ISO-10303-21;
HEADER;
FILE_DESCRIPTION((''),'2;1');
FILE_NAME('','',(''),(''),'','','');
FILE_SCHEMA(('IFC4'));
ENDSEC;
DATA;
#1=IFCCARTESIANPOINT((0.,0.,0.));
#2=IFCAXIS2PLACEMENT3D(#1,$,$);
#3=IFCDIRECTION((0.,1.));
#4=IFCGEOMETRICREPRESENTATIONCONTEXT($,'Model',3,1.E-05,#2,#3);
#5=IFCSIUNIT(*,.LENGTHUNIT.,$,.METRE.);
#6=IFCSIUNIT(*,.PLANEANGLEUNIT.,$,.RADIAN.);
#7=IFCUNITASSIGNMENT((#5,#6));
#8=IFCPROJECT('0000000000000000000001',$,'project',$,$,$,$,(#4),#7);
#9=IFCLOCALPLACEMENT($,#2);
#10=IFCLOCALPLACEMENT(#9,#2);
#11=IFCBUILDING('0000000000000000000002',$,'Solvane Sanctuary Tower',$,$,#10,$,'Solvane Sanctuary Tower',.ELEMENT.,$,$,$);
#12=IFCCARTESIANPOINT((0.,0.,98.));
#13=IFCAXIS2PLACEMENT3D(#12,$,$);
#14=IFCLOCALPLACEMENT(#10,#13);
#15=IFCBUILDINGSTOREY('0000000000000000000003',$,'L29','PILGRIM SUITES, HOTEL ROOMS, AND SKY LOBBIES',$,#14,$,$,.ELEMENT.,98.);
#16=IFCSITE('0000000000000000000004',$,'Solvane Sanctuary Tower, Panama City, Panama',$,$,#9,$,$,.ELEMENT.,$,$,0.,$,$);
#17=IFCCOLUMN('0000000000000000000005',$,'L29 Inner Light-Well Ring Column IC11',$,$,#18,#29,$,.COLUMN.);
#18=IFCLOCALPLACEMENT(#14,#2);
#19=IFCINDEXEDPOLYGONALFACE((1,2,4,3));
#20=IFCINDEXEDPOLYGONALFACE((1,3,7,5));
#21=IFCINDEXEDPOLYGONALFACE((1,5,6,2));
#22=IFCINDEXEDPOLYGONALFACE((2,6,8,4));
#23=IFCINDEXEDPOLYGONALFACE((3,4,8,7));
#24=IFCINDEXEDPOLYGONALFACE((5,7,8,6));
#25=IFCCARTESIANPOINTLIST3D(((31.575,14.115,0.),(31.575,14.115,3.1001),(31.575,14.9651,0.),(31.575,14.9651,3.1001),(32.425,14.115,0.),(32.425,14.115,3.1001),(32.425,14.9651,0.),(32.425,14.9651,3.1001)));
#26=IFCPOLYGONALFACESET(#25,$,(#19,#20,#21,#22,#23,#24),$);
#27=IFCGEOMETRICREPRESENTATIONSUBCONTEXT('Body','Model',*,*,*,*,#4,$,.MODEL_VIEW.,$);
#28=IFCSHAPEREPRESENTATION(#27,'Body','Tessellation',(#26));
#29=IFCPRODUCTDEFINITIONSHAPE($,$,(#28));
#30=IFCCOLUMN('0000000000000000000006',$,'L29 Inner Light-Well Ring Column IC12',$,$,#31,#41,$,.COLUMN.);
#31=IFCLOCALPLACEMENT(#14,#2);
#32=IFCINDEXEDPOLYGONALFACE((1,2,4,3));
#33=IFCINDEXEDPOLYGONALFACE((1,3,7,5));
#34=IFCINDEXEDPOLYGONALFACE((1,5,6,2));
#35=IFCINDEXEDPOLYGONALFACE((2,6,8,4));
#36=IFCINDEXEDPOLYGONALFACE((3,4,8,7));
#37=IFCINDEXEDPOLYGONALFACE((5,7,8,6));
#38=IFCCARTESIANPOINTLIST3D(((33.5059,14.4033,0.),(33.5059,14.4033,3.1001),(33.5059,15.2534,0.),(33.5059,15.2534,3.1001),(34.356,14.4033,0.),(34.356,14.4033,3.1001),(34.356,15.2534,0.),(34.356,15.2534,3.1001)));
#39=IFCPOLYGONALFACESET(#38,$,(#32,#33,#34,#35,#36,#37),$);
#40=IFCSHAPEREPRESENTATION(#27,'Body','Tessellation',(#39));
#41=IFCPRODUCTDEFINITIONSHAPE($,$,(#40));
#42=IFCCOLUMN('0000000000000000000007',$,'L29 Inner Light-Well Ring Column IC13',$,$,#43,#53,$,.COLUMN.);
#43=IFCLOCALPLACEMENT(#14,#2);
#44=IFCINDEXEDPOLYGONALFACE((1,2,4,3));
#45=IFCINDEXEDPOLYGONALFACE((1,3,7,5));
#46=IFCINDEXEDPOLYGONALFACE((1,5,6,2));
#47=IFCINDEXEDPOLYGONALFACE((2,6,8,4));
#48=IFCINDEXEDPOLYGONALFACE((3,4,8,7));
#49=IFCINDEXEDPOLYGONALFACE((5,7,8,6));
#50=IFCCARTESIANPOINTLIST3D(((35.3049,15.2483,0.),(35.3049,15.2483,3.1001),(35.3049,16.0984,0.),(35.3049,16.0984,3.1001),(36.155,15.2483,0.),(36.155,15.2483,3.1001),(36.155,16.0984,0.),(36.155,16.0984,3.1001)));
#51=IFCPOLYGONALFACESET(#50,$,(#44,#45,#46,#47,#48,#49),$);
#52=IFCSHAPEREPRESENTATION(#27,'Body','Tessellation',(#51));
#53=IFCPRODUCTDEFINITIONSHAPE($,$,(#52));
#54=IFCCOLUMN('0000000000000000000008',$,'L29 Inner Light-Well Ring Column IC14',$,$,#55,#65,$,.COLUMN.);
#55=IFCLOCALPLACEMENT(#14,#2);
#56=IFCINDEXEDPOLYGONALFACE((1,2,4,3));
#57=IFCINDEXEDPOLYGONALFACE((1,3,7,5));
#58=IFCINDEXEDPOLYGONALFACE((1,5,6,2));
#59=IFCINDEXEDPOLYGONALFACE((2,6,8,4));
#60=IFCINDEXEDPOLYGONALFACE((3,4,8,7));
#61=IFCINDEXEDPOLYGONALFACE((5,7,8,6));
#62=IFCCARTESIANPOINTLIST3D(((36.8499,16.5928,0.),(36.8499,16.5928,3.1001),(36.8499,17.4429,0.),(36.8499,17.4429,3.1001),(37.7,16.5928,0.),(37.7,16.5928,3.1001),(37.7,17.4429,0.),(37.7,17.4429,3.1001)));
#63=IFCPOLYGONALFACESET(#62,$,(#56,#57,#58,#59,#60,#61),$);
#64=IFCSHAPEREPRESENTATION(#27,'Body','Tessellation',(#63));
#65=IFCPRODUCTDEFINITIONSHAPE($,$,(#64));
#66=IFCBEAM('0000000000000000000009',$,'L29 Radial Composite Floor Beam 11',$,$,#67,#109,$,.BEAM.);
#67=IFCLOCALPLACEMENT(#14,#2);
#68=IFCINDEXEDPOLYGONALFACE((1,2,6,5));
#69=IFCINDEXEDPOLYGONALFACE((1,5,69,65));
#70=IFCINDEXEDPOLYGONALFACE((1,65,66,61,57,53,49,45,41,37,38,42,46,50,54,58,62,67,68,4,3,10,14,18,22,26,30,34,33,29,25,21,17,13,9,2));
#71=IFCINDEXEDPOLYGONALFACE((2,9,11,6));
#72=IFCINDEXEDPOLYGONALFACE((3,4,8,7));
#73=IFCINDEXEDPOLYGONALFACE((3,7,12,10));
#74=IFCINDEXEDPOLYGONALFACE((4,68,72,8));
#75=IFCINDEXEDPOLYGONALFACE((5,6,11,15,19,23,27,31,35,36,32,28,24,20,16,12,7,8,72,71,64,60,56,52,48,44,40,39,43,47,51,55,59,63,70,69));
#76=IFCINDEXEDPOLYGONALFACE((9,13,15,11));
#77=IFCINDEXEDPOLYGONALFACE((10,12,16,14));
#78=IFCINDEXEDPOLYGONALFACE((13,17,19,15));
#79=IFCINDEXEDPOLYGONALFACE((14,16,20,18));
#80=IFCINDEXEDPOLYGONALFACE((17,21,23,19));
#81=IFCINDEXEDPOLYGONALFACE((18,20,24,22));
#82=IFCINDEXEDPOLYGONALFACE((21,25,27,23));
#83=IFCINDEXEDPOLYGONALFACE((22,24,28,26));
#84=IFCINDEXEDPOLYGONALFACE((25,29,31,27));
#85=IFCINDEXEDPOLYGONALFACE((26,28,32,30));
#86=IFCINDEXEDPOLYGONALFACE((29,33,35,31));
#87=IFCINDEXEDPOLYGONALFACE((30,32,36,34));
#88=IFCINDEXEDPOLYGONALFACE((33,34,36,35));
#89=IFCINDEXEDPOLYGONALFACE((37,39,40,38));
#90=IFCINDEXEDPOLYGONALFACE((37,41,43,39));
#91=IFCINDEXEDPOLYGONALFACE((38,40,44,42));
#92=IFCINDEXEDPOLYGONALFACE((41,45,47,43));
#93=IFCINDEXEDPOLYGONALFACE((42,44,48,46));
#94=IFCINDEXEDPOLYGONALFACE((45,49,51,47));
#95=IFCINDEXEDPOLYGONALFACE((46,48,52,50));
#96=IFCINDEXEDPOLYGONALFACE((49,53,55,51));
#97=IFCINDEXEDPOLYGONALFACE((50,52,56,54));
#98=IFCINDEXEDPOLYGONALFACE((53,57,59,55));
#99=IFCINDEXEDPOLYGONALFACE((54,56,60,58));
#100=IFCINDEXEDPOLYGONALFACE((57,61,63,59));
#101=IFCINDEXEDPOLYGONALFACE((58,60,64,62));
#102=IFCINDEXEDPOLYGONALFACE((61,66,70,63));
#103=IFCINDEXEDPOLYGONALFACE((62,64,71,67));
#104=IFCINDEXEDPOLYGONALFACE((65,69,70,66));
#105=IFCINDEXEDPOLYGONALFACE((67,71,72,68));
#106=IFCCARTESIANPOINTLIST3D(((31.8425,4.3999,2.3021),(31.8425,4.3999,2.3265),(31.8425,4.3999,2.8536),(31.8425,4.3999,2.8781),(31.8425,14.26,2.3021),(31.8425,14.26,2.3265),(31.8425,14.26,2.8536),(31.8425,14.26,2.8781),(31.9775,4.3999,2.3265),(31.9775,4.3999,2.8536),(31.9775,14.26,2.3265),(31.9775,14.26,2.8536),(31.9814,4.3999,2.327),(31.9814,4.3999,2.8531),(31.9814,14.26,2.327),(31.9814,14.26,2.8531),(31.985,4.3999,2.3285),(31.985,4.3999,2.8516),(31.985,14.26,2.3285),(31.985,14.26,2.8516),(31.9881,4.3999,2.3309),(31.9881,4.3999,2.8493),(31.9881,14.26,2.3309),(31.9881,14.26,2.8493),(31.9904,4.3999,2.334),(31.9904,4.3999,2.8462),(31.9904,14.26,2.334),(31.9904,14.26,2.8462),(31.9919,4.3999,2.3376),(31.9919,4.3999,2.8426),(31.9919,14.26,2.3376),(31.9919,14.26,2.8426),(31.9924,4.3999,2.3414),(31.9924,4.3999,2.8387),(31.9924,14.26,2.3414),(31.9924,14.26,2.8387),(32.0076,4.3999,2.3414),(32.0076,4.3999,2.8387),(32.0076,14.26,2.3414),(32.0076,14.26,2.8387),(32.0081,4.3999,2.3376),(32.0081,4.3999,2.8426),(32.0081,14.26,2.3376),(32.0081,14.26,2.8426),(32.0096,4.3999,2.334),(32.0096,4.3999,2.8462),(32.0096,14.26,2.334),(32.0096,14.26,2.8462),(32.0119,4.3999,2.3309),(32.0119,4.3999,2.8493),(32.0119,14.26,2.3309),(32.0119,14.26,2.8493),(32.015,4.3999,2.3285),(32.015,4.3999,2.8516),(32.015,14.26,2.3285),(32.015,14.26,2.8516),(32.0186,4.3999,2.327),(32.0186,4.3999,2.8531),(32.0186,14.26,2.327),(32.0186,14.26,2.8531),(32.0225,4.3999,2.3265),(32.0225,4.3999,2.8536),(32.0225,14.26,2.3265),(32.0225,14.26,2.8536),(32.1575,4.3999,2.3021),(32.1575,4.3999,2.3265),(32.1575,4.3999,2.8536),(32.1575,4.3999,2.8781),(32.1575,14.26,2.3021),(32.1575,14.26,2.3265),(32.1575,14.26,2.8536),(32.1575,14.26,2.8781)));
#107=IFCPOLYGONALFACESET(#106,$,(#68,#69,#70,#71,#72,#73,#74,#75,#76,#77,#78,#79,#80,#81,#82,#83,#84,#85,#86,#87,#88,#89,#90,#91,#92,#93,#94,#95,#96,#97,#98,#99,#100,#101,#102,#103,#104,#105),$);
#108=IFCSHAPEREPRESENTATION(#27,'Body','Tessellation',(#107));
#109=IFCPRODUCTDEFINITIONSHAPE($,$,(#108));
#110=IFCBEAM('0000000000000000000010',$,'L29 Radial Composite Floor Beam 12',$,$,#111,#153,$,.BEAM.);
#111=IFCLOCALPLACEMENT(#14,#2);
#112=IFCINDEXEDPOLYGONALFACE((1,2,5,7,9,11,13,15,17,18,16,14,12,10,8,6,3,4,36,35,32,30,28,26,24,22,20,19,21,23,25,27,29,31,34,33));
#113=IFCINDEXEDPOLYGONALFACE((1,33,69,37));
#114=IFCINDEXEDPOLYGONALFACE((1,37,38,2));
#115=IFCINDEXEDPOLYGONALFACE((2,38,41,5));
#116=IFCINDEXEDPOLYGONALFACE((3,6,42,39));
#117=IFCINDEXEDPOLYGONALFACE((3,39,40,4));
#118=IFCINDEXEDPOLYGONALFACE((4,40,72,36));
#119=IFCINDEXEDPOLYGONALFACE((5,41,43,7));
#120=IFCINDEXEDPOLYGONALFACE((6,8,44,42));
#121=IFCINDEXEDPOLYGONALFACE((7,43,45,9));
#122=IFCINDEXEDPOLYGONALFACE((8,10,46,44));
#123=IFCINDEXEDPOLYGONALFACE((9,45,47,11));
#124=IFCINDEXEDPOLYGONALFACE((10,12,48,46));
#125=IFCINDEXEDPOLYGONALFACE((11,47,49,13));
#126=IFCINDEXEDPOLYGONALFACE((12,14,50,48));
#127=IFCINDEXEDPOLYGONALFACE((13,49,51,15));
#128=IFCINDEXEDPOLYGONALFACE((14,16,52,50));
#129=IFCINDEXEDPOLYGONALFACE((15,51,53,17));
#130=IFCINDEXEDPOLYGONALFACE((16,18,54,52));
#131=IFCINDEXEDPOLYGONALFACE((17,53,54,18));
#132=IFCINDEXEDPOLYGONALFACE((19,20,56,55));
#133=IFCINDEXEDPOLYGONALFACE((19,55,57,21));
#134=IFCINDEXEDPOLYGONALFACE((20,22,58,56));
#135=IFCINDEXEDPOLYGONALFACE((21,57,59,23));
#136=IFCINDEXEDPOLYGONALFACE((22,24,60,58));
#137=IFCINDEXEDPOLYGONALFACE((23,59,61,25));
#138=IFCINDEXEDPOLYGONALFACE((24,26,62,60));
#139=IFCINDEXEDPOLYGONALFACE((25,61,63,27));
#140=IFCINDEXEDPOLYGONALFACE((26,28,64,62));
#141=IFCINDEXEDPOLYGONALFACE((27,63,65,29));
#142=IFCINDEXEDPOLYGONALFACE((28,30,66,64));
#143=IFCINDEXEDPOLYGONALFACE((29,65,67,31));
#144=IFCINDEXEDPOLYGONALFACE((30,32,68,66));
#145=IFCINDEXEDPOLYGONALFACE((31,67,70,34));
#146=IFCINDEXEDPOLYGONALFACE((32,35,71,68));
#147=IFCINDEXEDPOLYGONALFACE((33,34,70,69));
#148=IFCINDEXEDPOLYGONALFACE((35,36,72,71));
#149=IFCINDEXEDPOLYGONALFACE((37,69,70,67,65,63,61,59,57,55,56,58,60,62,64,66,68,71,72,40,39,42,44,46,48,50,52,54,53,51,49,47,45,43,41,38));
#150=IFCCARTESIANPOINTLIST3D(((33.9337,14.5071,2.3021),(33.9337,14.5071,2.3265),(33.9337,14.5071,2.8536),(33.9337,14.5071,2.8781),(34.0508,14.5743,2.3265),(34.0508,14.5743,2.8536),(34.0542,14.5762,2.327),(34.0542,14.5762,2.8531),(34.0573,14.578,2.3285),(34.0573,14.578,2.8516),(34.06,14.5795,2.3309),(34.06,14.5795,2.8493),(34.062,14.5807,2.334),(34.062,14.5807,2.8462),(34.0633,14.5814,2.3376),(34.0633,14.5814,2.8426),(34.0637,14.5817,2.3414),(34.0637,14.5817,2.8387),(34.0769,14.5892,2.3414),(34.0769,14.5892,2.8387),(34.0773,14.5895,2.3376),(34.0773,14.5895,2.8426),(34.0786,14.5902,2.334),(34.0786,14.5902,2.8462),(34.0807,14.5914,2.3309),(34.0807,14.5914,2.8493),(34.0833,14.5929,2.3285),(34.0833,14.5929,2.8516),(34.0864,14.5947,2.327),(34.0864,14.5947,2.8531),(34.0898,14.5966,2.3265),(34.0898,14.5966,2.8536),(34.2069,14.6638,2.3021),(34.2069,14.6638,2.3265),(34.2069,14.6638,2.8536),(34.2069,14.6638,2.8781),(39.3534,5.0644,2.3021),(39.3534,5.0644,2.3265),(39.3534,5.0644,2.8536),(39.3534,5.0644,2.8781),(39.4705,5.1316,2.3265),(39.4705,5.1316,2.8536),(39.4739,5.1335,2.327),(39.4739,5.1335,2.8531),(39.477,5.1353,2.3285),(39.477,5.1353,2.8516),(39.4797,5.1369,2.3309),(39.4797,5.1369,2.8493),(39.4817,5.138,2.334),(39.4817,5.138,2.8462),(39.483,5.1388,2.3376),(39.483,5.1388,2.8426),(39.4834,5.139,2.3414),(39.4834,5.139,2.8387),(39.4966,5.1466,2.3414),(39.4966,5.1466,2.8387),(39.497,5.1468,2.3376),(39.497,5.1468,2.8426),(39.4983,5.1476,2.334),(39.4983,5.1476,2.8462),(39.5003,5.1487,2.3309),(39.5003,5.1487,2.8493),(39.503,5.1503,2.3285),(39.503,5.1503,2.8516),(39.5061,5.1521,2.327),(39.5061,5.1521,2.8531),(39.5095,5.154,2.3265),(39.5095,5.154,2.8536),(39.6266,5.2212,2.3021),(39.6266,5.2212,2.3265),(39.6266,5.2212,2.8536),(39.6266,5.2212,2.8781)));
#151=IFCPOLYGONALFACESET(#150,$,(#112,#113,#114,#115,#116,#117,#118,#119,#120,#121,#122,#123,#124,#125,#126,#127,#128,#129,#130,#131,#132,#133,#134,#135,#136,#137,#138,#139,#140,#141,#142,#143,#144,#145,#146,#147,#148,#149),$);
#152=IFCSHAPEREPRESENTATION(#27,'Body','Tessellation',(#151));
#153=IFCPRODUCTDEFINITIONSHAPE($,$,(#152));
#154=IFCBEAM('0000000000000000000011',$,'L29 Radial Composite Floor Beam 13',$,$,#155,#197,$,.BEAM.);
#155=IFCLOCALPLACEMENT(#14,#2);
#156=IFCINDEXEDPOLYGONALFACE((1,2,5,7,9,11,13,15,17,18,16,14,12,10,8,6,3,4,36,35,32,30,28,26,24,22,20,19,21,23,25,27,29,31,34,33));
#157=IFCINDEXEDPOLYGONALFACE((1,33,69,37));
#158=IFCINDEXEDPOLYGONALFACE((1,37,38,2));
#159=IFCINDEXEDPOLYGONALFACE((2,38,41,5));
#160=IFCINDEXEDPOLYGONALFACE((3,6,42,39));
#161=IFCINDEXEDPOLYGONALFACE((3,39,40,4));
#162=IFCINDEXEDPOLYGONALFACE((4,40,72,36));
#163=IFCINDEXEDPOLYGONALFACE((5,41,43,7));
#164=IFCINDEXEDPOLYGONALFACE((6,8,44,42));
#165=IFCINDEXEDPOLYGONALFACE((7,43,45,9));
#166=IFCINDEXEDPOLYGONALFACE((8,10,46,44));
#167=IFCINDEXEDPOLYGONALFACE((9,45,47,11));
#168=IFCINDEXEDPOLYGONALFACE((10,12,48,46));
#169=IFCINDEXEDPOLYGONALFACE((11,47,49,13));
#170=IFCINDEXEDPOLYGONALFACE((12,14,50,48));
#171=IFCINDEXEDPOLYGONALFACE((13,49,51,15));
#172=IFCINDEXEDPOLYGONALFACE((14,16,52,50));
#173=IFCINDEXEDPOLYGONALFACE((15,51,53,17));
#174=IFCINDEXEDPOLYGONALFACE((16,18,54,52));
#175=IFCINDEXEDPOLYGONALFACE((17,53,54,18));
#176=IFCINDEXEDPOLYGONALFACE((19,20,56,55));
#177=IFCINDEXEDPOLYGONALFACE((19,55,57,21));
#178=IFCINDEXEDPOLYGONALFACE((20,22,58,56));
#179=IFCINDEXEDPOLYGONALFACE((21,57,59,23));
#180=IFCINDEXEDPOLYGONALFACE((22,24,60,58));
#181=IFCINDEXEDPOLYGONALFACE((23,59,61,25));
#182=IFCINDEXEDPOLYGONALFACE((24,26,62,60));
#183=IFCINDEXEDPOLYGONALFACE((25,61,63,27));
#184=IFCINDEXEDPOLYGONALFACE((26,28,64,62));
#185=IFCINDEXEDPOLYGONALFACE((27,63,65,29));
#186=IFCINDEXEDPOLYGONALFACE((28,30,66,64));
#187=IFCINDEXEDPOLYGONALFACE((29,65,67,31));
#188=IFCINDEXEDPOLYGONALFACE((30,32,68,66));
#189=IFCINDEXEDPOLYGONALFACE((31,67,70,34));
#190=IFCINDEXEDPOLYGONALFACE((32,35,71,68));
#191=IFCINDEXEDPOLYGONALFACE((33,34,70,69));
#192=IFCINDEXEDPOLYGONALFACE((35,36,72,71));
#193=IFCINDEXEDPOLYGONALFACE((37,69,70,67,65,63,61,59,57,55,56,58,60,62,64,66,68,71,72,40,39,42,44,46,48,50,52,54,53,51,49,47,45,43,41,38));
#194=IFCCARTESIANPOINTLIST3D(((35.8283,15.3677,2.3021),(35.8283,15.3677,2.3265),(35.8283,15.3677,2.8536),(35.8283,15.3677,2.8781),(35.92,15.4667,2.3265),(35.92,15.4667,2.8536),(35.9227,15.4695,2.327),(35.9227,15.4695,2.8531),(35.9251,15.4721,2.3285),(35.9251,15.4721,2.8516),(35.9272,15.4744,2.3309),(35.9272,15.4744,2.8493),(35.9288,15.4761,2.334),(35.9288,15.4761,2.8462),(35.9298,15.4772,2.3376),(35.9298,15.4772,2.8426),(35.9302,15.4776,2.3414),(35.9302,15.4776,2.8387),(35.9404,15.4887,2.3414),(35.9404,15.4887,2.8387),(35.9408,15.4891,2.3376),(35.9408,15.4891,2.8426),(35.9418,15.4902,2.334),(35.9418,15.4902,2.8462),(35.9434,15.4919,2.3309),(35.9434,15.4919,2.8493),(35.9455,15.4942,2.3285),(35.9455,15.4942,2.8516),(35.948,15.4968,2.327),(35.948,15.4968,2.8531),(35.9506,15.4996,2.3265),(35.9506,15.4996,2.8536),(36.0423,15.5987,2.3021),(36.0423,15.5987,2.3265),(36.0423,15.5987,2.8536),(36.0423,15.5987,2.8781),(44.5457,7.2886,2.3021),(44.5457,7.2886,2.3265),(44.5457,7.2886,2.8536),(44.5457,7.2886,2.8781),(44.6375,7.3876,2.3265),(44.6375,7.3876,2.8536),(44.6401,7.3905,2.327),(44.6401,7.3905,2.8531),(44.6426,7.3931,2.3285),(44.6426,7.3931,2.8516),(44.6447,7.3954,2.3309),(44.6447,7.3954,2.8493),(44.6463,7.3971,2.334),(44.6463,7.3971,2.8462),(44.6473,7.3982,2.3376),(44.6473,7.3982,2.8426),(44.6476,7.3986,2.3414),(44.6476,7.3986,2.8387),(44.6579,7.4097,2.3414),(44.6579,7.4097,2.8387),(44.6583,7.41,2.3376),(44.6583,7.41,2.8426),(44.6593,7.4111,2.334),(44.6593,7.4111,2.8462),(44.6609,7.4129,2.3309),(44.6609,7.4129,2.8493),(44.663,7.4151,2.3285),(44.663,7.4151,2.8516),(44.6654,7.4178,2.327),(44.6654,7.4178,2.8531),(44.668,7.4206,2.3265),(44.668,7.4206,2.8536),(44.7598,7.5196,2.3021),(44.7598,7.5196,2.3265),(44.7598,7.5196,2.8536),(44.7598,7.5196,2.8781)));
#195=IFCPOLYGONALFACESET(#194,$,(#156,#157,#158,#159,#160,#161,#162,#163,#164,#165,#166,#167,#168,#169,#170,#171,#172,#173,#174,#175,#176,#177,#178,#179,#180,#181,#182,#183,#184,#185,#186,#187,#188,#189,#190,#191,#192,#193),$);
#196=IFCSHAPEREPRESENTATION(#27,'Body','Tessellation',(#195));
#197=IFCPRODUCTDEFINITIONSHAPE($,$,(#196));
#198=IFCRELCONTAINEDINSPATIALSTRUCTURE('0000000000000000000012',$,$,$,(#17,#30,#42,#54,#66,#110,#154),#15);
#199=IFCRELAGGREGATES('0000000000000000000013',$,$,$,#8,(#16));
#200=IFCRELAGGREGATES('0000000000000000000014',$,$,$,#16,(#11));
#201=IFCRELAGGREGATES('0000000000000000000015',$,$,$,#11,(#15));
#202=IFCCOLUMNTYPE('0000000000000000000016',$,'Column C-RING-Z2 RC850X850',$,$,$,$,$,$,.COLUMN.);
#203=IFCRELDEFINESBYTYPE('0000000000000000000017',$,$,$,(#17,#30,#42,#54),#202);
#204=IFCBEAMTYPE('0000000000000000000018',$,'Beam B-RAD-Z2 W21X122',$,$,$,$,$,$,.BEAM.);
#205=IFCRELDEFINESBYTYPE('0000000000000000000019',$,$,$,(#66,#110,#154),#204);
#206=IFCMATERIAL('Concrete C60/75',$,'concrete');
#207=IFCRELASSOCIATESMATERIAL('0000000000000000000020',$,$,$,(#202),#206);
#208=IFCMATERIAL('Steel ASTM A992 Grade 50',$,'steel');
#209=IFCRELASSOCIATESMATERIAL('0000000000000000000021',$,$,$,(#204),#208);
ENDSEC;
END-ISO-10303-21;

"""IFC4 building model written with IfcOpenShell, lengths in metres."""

from ifc_helpers import new_model, si_unit, direction, frame, origin, origin_2d, place, context, subcontext, project, spatial, rectangle, i_section, extrude, material, material_profile, profile_set, type_object, element, save


model = new_model("IFC4")

# Units and contexts
model_context = context("Model", 3, precision=1e-05, world=origin(), true_north=direction((0.0, 1.0)))
body_context = subcontext(model_context, "Body", "Model", "MODEL_VIEW")
ifc_project = project(units=[si_unit("LENGTHUNIT", "METRE"), si_unit("PLANEANGLEUNIT", "RADIAN")], contexts=[model_context])

# Site, building, storey
site_placement = place(None, origin())
site = spatial("IfcSite", under=ifc_project, at=site_placement, Name="Solvane Sanctuary Tower, Panama City, Panama", CompositionType="ELEMENT", RefElevation=0.0)
building_placement = place(site_placement, origin())
building = spatial("IfcBuilding", under=site, at=building_placement, Name="Solvane Sanctuary Tower", LongName="Solvane Sanctuary Tower", CompositionType="ELEMENT")
storey_placement = place(building_placement, frame((0.0, 0.0, 98.0)))
storey = spatial("IfcBuildingStorey", under=building, at=storey_placement, Name="L29", Description="PILGRIM SUITES, HOTEL ROOMS, AND SKY LOBBIES", CompositionType="ELEMENT", Elevation=98.0)

# Columns
ifc_material_1 = material(Name="Concrete C60/75", Category="concrete")
ifc_material_profile_1 = material_profile(ifc_material_1, rectangle(XDim=0.8501, YDim=0.8501, at=origin_2d()), Name="RC850X850")
ifc_profile_set_1 = profile_set([ifc_material_profile_1], Name="Concrete C60/75")
column_type = type_object("IfcColumnType", Name="Column C-RING-Z2 RC850X850", PredefinedType="COLUMN", material=ifc_profile_set_1)
for number, where, z_axis, x_axis, name in (
    (1, (32.0, 14.54, 0.0), (0.0, 0.0, 1.0), (1.0, 0.0, 0.0), "L29 Inner Light-Well Ring Column IC11"),
    (2, (33.9309, 14.8284, 0.0), (0.0, 0.0, 1.0), (1.0, 0.0, 0.0), "L29 Inner Light-Well Ring Column IC12"),
    (3, (35.73, 15.6733, 0.0), (0.0, 0.0, 1.0), (1.0, 0.0, 0.0), "L29 Inner Light-Well Ring Column IC13"),
    (4, (37.2749, 17.0178, 0.0), (0.0, 0.0, 1.0), (1.0, 0.0, 0.0), "L29 Inner Light-Well Ring Column IC14"),
):
    element("IfcColumn", number, at=place(storey_placement, frame(where, z_axis=z_axis, x_axis=x_axis)), inside=storey, type_object=column_type, Name=name, PredefinedType="COLUMN", context=body_context, shape_type="SweptSolid", body=[
        extrude(rectangle(XDim=0.8501, YDim=0.8501, at=origin_2d()), origin(), (0.0, 0.0, 1.0), 3.1001),
    ])

# Beams
ifc_material_2 = material(Name="Steel ASTM A992 Grade 50", Category="steel")
ifc_material_profile_2 = material_profile(ifc_material_2, i_section(OverallWidth=0.3149, OverallDepth=0.5759, WebThickness=0.0151, FlangeThickness=0.0244, FilletRadius=0.0149, at=origin_2d()), Name="W21X122")
ifc_profile_set_2 = profile_set([ifc_material_profile_2], Name="Steel ASTM A992 Grade 50")
beam_type_1 = type_object("IfcBeamType", Name="Beam B-RAD-Z2 W21X122", PredefinedType="BEAM", material=ifc_profile_set_2)
beam_1_placement = place(storey_placement, frame((32.0, 14.26, 2.5901), z_axis=(0.0, -1.0, 0.0), x_axis=(1.0, 0.0, 0.0)))
element("IfcBeam", 5, at=beam_1_placement, inside=storey, type_object=beam_type_1, Name="L29 Radial Composite Floor Beam 11", PredefinedType="BEAM", context=body_context, shape_type="SweptSolid", body=[
    extrude(i_section(OverallWidth=0.3149, OverallDepth=0.5759, WebThickness=0.0151, FlangeThickness=0.0244, FilletRadius=0.0149, at=origin_2d()), origin(), (0.0, 0.0, 1.0), 9.8601),
])
beam_2_placement = place(storey_placement, frame((34.0703, 14.5854, 2.5901), z_axis=(0.497792, -0.867296, 0.0), x_axis=(0.867296, 0.497792, 0.0)))
element("IfcBeam", 6, at=beam_2_placement, inside=storey, type_object=beam_type_1, Name="L29 Radial Composite Floor Beam 12", PredefinedType="BEAM", context=body_context, shape_type="SweptSolid", body=[
    extrude(i_section(OverallWidth=0.3149, OverallDepth=0.5759, WebThickness=0.0151, FlangeThickness=0.0244, FilletRadius=0.0149, at=origin_2d()), origin(), (0.0, 0.0, 1.0), 10.8875),
])
beam_3_placement = place(storey_placement, frame((35.9353, 15.4832, 2.5901), z_axis=(0.733454, -0.679739, 0.0), x_axis=(0.679739, 0.733454, 0.0)))
element("IfcBeam", 7, at=beam_3_placement, inside=storey, type_object=beam_type_1, Name="L29 Radial Composite Floor Beam 13", PredefinedType="BEAM", context=body_context, shape_type="SweptSolid", body=[
    extrude(i_section(OverallWidth=0.3149, OverallDepth=0.5759, WebThickness=0.0151, FlangeThickness=0.0244, FilletRadius=0.0149, at=origin_2d()), origin(), (0.0, 0.0, 1.0), 11.8855),
])

save(model, "model.ifc")
